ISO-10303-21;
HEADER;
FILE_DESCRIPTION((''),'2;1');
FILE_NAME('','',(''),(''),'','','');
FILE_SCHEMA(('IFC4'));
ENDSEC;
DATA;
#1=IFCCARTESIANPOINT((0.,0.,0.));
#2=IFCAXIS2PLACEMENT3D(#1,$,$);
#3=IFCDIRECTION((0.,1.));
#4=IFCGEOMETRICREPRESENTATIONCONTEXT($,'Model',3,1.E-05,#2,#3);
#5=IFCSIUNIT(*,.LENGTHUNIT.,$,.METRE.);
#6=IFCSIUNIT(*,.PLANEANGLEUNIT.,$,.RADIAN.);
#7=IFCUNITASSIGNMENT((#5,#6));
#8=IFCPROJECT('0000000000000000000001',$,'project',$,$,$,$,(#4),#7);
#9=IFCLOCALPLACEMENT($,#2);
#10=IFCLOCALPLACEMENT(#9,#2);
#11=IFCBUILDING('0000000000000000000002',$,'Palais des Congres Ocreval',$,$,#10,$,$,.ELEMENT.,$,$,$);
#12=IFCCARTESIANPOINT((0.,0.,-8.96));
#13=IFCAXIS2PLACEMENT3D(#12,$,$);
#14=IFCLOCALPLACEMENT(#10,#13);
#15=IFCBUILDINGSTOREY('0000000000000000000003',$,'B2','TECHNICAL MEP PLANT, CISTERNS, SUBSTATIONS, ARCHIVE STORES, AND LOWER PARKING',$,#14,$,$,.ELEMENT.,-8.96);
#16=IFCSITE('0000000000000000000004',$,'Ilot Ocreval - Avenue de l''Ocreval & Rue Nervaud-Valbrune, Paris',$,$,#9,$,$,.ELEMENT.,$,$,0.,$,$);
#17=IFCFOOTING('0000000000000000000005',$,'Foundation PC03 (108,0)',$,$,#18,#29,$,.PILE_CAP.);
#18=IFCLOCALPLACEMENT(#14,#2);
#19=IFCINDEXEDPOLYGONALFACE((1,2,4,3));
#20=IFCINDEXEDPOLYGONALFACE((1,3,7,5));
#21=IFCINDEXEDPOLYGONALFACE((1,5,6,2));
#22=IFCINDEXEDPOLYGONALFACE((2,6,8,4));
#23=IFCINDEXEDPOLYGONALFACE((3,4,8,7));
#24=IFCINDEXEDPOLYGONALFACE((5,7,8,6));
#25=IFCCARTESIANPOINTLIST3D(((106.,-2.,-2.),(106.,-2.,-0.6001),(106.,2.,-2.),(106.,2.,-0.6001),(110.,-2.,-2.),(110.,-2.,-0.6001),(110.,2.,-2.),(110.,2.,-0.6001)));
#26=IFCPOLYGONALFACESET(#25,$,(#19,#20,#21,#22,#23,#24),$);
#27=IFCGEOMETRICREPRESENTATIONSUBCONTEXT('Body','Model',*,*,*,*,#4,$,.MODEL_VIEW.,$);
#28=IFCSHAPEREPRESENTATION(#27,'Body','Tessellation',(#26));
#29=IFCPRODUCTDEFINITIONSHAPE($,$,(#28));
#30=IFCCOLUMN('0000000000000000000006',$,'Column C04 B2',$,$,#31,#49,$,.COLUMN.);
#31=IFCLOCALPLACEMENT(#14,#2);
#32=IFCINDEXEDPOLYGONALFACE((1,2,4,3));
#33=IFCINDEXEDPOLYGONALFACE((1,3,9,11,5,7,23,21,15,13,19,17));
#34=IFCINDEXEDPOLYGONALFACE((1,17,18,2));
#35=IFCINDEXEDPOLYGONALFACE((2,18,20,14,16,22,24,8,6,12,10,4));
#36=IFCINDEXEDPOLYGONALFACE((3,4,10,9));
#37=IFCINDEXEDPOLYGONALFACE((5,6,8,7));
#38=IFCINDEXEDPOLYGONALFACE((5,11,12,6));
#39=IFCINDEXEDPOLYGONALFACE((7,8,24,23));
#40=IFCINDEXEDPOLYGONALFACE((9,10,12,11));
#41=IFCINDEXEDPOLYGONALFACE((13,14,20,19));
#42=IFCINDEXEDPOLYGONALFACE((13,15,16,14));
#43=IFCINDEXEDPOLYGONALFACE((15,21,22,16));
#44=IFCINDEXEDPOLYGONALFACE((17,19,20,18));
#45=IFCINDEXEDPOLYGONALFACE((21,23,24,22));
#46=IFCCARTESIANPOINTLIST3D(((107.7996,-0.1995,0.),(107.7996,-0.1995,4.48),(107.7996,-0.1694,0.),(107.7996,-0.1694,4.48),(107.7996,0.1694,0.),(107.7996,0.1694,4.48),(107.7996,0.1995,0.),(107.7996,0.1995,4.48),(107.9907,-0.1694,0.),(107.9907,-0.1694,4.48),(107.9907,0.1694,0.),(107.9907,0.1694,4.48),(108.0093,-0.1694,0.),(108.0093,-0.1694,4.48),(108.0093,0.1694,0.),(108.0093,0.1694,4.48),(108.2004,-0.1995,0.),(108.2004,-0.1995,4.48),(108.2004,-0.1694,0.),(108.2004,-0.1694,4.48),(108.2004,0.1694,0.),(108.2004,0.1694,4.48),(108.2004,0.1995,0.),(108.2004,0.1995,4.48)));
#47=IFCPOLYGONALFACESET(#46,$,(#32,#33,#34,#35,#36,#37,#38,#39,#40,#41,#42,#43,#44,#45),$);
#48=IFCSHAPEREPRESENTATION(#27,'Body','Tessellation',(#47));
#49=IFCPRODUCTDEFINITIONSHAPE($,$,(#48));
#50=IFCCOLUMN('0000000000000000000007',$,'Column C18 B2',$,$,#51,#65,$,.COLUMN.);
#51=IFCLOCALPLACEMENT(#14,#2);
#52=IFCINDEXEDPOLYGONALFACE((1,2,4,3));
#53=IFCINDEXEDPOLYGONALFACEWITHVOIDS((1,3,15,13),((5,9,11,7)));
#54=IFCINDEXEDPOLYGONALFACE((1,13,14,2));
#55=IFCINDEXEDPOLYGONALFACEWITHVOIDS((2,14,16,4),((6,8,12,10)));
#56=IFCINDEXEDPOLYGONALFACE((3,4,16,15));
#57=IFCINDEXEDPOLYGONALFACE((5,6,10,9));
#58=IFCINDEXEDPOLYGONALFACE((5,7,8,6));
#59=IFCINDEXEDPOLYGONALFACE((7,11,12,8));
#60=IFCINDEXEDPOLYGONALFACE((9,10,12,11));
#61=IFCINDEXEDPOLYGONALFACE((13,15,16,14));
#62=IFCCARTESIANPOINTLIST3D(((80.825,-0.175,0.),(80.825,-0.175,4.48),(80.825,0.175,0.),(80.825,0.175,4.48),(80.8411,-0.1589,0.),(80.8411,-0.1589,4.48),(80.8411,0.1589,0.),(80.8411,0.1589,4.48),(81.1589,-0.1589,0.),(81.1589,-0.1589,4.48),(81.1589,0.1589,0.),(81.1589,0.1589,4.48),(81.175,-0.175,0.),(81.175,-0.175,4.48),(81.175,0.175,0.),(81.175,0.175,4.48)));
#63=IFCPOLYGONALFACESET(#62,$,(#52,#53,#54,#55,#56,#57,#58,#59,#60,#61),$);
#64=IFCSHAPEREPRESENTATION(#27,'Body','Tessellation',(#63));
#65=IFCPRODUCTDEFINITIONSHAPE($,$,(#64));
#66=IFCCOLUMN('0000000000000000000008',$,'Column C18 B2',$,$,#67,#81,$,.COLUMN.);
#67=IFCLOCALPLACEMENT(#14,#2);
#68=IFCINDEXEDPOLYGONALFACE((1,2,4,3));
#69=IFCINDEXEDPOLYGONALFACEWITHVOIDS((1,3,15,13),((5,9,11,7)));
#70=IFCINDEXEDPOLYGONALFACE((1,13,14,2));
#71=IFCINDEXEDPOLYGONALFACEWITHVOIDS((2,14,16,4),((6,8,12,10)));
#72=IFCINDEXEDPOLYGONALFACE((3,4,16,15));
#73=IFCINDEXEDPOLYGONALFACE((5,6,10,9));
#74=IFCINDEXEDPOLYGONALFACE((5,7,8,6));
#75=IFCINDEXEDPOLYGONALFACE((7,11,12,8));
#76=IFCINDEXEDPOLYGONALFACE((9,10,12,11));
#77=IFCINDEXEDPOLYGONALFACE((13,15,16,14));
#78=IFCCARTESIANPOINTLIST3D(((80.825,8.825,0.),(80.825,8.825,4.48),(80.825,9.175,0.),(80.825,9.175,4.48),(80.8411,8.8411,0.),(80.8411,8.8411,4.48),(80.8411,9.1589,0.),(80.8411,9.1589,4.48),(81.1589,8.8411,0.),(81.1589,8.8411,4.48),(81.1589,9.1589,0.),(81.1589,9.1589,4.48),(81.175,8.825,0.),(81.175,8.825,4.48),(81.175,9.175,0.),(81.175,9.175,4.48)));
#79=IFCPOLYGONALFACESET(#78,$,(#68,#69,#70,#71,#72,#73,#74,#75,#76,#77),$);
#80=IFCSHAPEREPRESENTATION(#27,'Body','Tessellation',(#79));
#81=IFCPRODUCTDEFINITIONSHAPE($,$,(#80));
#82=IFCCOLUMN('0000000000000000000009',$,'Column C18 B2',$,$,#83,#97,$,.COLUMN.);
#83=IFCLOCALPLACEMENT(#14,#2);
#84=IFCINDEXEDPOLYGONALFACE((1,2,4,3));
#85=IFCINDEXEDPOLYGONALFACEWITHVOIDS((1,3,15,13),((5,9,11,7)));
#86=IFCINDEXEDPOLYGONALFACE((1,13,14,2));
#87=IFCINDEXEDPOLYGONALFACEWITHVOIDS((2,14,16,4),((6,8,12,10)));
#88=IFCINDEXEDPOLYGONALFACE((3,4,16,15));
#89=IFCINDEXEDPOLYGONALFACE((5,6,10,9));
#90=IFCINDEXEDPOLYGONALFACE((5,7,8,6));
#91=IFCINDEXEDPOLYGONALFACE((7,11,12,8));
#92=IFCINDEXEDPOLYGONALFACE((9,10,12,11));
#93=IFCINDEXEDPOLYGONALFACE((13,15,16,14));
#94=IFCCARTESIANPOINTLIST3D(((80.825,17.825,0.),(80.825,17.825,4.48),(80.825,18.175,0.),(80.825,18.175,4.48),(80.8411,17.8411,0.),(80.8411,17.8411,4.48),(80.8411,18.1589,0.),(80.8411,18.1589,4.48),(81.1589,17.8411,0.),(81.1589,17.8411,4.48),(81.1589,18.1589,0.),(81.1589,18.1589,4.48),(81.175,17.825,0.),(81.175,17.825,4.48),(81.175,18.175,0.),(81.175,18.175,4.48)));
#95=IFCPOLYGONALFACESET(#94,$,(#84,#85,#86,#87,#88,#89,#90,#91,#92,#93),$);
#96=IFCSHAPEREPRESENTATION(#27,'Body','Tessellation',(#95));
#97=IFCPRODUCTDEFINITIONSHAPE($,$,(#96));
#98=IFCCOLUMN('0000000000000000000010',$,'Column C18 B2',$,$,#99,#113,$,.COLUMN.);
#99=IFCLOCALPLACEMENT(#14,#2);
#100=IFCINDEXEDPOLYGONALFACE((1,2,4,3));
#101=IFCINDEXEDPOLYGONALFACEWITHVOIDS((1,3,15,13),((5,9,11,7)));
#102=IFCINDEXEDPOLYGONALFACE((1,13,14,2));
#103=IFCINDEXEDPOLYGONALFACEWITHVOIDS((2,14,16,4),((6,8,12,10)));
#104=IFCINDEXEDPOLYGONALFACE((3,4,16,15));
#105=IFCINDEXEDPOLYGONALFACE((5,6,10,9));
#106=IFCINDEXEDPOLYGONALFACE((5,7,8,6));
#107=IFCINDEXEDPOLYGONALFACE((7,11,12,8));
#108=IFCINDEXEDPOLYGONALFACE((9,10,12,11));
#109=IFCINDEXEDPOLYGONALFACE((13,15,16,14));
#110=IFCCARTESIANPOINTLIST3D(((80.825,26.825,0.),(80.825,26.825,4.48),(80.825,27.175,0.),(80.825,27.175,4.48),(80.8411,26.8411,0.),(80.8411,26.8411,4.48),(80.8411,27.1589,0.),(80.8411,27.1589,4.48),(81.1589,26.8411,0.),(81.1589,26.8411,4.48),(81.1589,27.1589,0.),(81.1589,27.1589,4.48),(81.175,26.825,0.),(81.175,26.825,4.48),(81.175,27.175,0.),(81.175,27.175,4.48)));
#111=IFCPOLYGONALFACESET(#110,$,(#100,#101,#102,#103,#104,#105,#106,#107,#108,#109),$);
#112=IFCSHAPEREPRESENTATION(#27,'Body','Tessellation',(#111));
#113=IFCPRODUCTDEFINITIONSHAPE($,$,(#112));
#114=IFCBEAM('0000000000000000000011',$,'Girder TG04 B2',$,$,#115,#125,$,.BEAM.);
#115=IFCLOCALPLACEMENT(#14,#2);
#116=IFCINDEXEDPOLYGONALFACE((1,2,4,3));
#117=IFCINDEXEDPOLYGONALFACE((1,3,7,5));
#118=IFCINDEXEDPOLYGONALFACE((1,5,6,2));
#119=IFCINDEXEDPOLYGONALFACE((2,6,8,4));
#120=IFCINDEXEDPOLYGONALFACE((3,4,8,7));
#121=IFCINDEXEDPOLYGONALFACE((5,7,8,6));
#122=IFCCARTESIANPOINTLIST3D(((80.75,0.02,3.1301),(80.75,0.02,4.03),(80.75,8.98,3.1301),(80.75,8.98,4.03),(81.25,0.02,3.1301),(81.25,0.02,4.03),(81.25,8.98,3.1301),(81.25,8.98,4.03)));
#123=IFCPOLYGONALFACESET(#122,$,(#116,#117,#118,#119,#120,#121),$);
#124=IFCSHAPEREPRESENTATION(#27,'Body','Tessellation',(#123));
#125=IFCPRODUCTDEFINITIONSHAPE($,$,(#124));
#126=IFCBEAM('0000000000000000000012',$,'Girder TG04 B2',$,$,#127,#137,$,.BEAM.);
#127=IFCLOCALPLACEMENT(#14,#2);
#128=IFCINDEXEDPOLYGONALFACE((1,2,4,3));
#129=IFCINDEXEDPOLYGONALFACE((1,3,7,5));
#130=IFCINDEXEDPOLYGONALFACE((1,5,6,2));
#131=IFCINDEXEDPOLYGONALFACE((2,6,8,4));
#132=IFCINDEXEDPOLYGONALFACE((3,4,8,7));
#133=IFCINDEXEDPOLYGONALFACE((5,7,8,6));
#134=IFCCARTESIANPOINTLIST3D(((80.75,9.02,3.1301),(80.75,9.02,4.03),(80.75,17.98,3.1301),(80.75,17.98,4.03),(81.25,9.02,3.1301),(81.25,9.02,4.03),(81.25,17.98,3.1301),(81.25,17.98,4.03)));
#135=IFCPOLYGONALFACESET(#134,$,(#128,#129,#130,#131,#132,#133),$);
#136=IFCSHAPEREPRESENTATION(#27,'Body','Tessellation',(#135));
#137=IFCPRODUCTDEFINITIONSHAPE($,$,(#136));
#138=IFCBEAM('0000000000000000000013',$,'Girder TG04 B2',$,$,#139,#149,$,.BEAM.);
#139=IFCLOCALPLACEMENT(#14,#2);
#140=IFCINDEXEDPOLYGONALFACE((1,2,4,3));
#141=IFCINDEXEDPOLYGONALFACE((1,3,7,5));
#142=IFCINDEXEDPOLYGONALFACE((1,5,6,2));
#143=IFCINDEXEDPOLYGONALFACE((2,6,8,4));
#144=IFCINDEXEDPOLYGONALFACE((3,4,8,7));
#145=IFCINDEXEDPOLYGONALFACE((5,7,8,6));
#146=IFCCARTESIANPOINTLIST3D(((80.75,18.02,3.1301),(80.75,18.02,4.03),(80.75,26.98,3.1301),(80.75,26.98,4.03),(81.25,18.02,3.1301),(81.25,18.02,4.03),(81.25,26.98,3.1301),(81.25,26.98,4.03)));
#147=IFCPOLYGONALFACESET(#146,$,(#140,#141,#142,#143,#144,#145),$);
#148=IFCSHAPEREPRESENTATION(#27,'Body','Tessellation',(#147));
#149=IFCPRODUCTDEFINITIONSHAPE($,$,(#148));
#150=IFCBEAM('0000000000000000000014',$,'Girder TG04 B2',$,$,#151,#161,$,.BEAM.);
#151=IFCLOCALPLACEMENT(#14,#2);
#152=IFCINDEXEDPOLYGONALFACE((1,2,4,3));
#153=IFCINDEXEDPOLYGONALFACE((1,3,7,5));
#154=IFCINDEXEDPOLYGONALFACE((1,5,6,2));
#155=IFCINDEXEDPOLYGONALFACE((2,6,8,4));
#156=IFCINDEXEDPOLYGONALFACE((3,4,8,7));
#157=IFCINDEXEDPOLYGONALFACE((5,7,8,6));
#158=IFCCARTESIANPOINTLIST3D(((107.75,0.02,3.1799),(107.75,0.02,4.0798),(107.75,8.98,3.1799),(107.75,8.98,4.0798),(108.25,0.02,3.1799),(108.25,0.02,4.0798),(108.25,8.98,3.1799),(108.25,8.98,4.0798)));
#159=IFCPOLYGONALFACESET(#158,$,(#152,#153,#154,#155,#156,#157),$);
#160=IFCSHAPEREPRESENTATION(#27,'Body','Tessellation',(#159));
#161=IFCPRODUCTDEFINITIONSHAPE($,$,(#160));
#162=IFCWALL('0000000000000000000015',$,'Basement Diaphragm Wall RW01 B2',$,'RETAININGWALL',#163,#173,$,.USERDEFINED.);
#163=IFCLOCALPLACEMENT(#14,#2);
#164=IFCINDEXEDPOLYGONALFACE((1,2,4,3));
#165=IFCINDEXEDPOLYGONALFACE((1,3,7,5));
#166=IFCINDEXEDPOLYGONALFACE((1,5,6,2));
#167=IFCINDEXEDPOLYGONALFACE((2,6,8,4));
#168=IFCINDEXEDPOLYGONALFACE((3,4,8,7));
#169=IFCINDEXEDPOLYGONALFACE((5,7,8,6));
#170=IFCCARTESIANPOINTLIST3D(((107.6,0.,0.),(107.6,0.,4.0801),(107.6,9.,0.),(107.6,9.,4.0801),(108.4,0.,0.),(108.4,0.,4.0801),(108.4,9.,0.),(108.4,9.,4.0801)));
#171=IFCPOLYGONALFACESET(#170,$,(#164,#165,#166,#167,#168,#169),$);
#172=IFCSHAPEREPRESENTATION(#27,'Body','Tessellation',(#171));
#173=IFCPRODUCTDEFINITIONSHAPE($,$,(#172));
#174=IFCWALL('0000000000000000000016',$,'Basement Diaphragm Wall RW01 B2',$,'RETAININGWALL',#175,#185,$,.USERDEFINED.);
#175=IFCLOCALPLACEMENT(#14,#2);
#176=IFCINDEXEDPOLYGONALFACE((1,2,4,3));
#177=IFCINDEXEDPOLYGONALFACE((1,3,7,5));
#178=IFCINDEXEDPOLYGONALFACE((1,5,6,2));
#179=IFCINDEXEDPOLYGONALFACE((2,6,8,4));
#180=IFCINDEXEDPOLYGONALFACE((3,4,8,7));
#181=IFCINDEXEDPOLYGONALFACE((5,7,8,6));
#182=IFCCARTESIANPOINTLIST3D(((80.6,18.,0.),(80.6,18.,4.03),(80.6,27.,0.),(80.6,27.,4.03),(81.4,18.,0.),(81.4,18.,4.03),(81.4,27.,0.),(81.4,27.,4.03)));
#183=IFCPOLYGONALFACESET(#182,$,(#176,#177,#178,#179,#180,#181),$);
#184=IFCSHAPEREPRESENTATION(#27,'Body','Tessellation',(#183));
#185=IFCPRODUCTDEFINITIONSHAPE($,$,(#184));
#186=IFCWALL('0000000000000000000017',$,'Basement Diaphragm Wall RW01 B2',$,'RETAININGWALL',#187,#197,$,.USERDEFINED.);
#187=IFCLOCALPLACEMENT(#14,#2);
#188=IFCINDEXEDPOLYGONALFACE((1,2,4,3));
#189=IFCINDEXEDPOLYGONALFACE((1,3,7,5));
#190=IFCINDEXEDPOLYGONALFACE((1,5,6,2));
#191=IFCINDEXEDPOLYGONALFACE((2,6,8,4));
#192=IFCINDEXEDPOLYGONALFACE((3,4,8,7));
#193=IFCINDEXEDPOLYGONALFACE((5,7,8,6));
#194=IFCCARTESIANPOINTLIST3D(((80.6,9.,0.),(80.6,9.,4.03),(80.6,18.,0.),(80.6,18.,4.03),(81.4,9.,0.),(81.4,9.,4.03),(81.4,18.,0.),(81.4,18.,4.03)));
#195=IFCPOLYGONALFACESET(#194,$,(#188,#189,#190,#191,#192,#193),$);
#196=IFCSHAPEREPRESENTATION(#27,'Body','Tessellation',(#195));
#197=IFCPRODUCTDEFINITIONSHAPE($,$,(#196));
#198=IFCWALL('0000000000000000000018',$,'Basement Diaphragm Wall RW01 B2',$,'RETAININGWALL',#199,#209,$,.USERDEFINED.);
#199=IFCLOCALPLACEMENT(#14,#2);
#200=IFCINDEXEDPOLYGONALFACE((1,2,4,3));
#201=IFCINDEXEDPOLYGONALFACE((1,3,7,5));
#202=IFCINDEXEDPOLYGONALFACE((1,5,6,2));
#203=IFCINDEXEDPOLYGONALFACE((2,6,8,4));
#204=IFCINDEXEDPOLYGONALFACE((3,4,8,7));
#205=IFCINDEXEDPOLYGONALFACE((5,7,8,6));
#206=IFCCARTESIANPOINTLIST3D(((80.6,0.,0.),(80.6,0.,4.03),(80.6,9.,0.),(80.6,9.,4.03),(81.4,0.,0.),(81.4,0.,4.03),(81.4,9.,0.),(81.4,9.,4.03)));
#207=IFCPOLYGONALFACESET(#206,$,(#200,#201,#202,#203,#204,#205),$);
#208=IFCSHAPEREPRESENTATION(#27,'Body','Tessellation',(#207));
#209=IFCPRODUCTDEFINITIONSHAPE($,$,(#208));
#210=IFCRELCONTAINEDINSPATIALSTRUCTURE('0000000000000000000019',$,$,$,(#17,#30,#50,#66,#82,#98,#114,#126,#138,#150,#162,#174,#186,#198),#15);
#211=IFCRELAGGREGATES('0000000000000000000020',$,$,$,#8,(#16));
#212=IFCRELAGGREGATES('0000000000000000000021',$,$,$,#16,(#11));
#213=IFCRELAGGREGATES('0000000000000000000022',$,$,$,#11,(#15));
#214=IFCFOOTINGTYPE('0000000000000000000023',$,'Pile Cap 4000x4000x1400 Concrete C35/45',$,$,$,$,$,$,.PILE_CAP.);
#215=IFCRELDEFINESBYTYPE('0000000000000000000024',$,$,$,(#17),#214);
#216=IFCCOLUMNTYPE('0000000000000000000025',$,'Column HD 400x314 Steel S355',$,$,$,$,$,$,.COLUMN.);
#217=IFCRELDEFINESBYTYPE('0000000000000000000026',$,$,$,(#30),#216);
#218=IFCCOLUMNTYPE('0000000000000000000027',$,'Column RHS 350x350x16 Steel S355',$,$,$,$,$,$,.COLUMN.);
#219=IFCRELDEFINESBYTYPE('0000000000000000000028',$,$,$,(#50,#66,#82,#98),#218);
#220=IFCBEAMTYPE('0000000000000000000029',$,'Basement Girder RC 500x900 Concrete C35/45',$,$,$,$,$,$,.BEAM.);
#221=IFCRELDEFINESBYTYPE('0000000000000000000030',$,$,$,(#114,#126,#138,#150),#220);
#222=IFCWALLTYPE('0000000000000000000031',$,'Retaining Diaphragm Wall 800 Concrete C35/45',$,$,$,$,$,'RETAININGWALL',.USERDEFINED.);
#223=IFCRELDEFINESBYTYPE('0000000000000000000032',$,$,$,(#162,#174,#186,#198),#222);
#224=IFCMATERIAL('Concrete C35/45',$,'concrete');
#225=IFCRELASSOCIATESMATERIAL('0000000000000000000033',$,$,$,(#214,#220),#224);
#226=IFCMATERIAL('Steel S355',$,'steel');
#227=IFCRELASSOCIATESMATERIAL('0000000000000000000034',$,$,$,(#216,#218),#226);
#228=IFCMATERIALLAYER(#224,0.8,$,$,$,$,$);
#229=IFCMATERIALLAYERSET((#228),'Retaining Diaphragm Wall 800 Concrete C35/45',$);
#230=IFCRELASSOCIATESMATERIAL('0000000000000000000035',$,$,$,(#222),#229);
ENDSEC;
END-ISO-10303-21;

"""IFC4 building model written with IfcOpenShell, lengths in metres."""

from ifc_helpers import new_model, si_unit, direction, frame, frame_2d, origin, origin_2d, place, context, subcontext, project, spatial, rectangle, hollow_rectangle, i_section, extrude, material, layer, layer_set, material_profile, profile_set, type_object, element, save


model = new_model("IFC4")

# Units and contexts
model_context = context("Model", 3, precision=1e-05, world=origin(), true_north=direction((0.0, 1.0)))
body_context = subcontext(model_context, "Body", "Model", "MODEL_VIEW")
ifc_project = project(units=[si_unit("LENGTHUNIT", "METRE"), si_unit("PLANEANGLEUNIT", "RADIAN")], contexts=[model_context])

# Site, building, storey
site_placement = place(None, origin())
site = spatial("IfcSite", under=ifc_project, at=site_placement, Name="Ilot Ocreval - Avenue de l'Ocreval & Rue Nervaud-Valbrune, Paris", CompositionType="ELEMENT", RefElevation=0.0)
building_placement = place(site_placement, origin())
building = spatial("IfcBuilding", under=site, at=building_placement, Name="Palais des Congres Ocreval", CompositionType="ELEMENT")
storey_placement = place(building_placement, frame((0.0, 0.0, -8.96)))
storey = spatial("IfcBuildingStorey", under=building, at=storey_placement, Name="B2", Description="TECHNICAL MEP PLANT, CISTERNS, SUBSTATIONS, ARCHIVE STORES, AND LOWER PARKING", CompositionType="ELEMENT", Elevation=-8.96)

# Shared definitions
ifc_material_1 = material(Name="Concrete C35/45", Category="concrete")

# Footing
footing_type_1 = type_object("IfcFootingType", Name="Pile Cap 4000x4000x1400 Concrete C35/45", PredefinedType="PILE_CAP", material=ifc_material_1)
footing_1_placement = place(storey_placement, frame((108.0, 0.0, -2.0), z_axis=(0.0, 0.0, 1.0), x_axis=(1.0, 0.0, 0.0)))
element("IfcFooting", 1, at=footing_1_placement, inside=storey, type_object=footing_type_1, Name="Foundation PC03 (108,0)", PredefinedType="PILE_CAP", context=body_context, shape_type="SweptSolid", body=[
    extrude(rectangle(XDim=4.0, YDim=4.0, at=origin_2d()), origin(), (0.0, 0.0, 1.0), 1.3999),
])

# Columns
ifc_material_2 = material(Name="Steel S355", Category="steel")
ifc_material_profile_1 = material_profile(ifc_material_2, i_section(OverallWidth=0.4009, OverallDepth=0.3989, WebThickness=0.0186, FlangeThickness=0.03, at=origin_2d()), Name="HD 400x314")
ifc_profile_set_1 = profile_set([ifc_material_profile_1], Name="Steel S355")
column_type_1 = type_object("IfcColumnType", Name="Column HD 400x314 Steel S355", PredefinedType="COLUMN", material=ifc_profile_set_1)
column_placement = place(storey_placement, frame((108.0, 0.0, 0.0), z_axis=(0.0, 0.0, 1.0), x_axis=(1.0, 0.0, 0.0)))
element("IfcColumn", 2, at=column_placement, inside=storey, type_object=column_type_1, Name="Column C04 B2", PredefinedType="COLUMN", context=body_context, shape_type="SweptSolid", body=[
    extrude(i_section(OverallWidth=0.4009, OverallDepth=0.3989, WebThickness=0.0186, FlangeThickness=0.03, at=origin_2d()), origin(), (0.0, 0.0, 1.0), 4.48),
])
ifc_material_profile_2 = material_profile(ifc_material_2, hollow_rectangle(XDim=0.3501, YDim=0.3501, WallThickness=0.0161, at=origin_2d()), Name="RHS 350x350x16")
ifc_profile_set_2 = profile_set([ifc_material_profile_2], Name="Steel S355")
column_type_2 = type_object("IfcColumnType", Name="Column RHS 350x350x16 Steel S355", PredefinedType="COLUMN", material=ifc_profile_set_2)
for number, where, z_axis, x_axis, name in (
    (3, (81.0, 0.0, 0.0), (0.0, 0.0, 1.0), (1.0, 0.0, 0.0), "Column C18 B2"),
    (4, (81.0, 9.0, 0.0), (0.0, 0.0, 1.0), (1.0, 0.0, 0.0), "Column C18 B2"),
    (5, (81.0, 18.0, 0.0), (0.0, 0.0, 1.0), (1.0, 0.0, 0.0), "Column C18 B2"),
    (6, (81.0, 27.0, 0.0), (0.0, 0.0, 1.0), (1.0, 0.0, 0.0), "Column C18 B2"),
):
    element("IfcColumn", number, at=place(storey_placement, frame(where, z_axis=z_axis, x_axis=x_axis)), inside=storey, type_object=column_type_2, Name=name, PredefinedType="COLUMN", context=body_context, shape_type="SweptSolid", body=[
        extrude(hollow_rectangle(XDim=0.3501, YDim=0.3501, WallThickness=0.0161, at=origin_2d()), origin(), (0.0, 0.0, 1.0), 4.48),
    ])

# Beams
ifc_material_profile_3 = material_profile(ifc_material_1, rectangle(XDim=0.5, YDim=0.8999, at=origin_2d()), Name="RC 500x900")
ifc_profile_set_3 = profile_set([ifc_material_profile_3], Name="Concrete C35/45")
beam_type = type_object("IfcBeamType", Name="Basement Girder RC 500x900 Concrete C35/45", PredefinedType="BEAM", material=ifc_profile_set_3)
for number, where, z_axis, x_axis, name in (
    (7, (81.0, 0.02, 3.5801), (0.0, 1.0, 0.0), (-1.0, 0.0, 0.0), "Girder TG04 B2"),
    (8, (81.0, 9.02, 3.5801), (0.0, 1.0, 0.0), (-1.0, 0.0, 0.0), "Girder TG04 B2"),
    (9, (81.0, 18.02, 3.5801), (0.0, 1.0, 0.0), (-1.0, 0.0, 0.0), "Girder TG04 B2"),
    (10, (108.0, 0.02, 3.6299), (0.0, 1.0, 0.0), (-1.0, 0.0, 0.0), "Girder TG04 B2"),
):
    element("IfcBeam", number, at=place(storey_placement, frame(where, z_axis=z_axis, x_axis=x_axis)), inside=storey, type_object=beam_type, Name=name, PredefinedType="BEAM", context=body_context, shape_type="SweptSolid", body=[
        extrude(rectangle(XDim=0.5, YDim=0.8999, at=origin_2d()), origin(), (0.0, 0.0, 1.0), 8.96),
    ])

# Walls
ifc_layer = layer(ifc_material_1, 0.8)
ifc_layer_set = layer_set([ifc_layer], Name="Retaining Diaphragm Wall 800 Concrete C35/45")
wall_type = type_object("IfcWallType", Name="Retaining Diaphragm Wall 800 Concrete C35/45", ElementType="RETAININGWALL", PredefinedType="USERDEFINED", material=ifc_layer_set)
wall_placement = place(storey_placement, frame((108.0, 0.0, 0.0), z_axis=(0.0, 0.0, 1.0), x_axis=(0.0, 1.0, 0.0)))
element("IfcWall", 11, at=wall_placement, inside=storey, type_object=wall_type, Name="Basement Diaphragm Wall RW01 B2", ObjectType="RETAININGWALL", PredefinedType="USERDEFINED", context=body_context, shape_type="SweptSolid", body=[
    extrude(rectangle(XDim=9.0, YDim=0.8, at=frame_2d((4.5, 0.0))), origin(), (0.0, 0.0, 1.0), 4.0801),
])
for number, where, z_axis, x_axis, name in (
    (12, (81.0, 27.0, 0.0), (0.0, 0.0, 1.0), (0.0, -1.0, 0.0), "Basement Diaphragm Wall RW01 B2"),
    (13, (81.0, 18.0, 0.0), (0.0, 0.0, 1.0), (0.0, -1.0, 0.0), "Basement Diaphragm Wall RW01 B2"),
    (14, (81.0, 9.0, 0.0), (0.0, 0.0, 1.0), (0.0, -1.0, 0.0), "Basement Diaphragm Wall RW01 B2"),
):
    element("IfcWall", number, at=place(storey_placement, frame(where, z_axis=z_axis, x_axis=x_axis)), inside=storey, type_object=wall_type, Name=name, ObjectType="RETAININGWALL", PredefinedType="USERDEFINED", context=body_context, shape_type="SweptSolid", body=[
        extrude(rectangle(XDim=9.0, YDim=0.8, at=frame_2d((4.5, 0.0))), origin(), (0.0, 0.0, 1.0), 4.03),
    ])

save(model, "model.ifc")
